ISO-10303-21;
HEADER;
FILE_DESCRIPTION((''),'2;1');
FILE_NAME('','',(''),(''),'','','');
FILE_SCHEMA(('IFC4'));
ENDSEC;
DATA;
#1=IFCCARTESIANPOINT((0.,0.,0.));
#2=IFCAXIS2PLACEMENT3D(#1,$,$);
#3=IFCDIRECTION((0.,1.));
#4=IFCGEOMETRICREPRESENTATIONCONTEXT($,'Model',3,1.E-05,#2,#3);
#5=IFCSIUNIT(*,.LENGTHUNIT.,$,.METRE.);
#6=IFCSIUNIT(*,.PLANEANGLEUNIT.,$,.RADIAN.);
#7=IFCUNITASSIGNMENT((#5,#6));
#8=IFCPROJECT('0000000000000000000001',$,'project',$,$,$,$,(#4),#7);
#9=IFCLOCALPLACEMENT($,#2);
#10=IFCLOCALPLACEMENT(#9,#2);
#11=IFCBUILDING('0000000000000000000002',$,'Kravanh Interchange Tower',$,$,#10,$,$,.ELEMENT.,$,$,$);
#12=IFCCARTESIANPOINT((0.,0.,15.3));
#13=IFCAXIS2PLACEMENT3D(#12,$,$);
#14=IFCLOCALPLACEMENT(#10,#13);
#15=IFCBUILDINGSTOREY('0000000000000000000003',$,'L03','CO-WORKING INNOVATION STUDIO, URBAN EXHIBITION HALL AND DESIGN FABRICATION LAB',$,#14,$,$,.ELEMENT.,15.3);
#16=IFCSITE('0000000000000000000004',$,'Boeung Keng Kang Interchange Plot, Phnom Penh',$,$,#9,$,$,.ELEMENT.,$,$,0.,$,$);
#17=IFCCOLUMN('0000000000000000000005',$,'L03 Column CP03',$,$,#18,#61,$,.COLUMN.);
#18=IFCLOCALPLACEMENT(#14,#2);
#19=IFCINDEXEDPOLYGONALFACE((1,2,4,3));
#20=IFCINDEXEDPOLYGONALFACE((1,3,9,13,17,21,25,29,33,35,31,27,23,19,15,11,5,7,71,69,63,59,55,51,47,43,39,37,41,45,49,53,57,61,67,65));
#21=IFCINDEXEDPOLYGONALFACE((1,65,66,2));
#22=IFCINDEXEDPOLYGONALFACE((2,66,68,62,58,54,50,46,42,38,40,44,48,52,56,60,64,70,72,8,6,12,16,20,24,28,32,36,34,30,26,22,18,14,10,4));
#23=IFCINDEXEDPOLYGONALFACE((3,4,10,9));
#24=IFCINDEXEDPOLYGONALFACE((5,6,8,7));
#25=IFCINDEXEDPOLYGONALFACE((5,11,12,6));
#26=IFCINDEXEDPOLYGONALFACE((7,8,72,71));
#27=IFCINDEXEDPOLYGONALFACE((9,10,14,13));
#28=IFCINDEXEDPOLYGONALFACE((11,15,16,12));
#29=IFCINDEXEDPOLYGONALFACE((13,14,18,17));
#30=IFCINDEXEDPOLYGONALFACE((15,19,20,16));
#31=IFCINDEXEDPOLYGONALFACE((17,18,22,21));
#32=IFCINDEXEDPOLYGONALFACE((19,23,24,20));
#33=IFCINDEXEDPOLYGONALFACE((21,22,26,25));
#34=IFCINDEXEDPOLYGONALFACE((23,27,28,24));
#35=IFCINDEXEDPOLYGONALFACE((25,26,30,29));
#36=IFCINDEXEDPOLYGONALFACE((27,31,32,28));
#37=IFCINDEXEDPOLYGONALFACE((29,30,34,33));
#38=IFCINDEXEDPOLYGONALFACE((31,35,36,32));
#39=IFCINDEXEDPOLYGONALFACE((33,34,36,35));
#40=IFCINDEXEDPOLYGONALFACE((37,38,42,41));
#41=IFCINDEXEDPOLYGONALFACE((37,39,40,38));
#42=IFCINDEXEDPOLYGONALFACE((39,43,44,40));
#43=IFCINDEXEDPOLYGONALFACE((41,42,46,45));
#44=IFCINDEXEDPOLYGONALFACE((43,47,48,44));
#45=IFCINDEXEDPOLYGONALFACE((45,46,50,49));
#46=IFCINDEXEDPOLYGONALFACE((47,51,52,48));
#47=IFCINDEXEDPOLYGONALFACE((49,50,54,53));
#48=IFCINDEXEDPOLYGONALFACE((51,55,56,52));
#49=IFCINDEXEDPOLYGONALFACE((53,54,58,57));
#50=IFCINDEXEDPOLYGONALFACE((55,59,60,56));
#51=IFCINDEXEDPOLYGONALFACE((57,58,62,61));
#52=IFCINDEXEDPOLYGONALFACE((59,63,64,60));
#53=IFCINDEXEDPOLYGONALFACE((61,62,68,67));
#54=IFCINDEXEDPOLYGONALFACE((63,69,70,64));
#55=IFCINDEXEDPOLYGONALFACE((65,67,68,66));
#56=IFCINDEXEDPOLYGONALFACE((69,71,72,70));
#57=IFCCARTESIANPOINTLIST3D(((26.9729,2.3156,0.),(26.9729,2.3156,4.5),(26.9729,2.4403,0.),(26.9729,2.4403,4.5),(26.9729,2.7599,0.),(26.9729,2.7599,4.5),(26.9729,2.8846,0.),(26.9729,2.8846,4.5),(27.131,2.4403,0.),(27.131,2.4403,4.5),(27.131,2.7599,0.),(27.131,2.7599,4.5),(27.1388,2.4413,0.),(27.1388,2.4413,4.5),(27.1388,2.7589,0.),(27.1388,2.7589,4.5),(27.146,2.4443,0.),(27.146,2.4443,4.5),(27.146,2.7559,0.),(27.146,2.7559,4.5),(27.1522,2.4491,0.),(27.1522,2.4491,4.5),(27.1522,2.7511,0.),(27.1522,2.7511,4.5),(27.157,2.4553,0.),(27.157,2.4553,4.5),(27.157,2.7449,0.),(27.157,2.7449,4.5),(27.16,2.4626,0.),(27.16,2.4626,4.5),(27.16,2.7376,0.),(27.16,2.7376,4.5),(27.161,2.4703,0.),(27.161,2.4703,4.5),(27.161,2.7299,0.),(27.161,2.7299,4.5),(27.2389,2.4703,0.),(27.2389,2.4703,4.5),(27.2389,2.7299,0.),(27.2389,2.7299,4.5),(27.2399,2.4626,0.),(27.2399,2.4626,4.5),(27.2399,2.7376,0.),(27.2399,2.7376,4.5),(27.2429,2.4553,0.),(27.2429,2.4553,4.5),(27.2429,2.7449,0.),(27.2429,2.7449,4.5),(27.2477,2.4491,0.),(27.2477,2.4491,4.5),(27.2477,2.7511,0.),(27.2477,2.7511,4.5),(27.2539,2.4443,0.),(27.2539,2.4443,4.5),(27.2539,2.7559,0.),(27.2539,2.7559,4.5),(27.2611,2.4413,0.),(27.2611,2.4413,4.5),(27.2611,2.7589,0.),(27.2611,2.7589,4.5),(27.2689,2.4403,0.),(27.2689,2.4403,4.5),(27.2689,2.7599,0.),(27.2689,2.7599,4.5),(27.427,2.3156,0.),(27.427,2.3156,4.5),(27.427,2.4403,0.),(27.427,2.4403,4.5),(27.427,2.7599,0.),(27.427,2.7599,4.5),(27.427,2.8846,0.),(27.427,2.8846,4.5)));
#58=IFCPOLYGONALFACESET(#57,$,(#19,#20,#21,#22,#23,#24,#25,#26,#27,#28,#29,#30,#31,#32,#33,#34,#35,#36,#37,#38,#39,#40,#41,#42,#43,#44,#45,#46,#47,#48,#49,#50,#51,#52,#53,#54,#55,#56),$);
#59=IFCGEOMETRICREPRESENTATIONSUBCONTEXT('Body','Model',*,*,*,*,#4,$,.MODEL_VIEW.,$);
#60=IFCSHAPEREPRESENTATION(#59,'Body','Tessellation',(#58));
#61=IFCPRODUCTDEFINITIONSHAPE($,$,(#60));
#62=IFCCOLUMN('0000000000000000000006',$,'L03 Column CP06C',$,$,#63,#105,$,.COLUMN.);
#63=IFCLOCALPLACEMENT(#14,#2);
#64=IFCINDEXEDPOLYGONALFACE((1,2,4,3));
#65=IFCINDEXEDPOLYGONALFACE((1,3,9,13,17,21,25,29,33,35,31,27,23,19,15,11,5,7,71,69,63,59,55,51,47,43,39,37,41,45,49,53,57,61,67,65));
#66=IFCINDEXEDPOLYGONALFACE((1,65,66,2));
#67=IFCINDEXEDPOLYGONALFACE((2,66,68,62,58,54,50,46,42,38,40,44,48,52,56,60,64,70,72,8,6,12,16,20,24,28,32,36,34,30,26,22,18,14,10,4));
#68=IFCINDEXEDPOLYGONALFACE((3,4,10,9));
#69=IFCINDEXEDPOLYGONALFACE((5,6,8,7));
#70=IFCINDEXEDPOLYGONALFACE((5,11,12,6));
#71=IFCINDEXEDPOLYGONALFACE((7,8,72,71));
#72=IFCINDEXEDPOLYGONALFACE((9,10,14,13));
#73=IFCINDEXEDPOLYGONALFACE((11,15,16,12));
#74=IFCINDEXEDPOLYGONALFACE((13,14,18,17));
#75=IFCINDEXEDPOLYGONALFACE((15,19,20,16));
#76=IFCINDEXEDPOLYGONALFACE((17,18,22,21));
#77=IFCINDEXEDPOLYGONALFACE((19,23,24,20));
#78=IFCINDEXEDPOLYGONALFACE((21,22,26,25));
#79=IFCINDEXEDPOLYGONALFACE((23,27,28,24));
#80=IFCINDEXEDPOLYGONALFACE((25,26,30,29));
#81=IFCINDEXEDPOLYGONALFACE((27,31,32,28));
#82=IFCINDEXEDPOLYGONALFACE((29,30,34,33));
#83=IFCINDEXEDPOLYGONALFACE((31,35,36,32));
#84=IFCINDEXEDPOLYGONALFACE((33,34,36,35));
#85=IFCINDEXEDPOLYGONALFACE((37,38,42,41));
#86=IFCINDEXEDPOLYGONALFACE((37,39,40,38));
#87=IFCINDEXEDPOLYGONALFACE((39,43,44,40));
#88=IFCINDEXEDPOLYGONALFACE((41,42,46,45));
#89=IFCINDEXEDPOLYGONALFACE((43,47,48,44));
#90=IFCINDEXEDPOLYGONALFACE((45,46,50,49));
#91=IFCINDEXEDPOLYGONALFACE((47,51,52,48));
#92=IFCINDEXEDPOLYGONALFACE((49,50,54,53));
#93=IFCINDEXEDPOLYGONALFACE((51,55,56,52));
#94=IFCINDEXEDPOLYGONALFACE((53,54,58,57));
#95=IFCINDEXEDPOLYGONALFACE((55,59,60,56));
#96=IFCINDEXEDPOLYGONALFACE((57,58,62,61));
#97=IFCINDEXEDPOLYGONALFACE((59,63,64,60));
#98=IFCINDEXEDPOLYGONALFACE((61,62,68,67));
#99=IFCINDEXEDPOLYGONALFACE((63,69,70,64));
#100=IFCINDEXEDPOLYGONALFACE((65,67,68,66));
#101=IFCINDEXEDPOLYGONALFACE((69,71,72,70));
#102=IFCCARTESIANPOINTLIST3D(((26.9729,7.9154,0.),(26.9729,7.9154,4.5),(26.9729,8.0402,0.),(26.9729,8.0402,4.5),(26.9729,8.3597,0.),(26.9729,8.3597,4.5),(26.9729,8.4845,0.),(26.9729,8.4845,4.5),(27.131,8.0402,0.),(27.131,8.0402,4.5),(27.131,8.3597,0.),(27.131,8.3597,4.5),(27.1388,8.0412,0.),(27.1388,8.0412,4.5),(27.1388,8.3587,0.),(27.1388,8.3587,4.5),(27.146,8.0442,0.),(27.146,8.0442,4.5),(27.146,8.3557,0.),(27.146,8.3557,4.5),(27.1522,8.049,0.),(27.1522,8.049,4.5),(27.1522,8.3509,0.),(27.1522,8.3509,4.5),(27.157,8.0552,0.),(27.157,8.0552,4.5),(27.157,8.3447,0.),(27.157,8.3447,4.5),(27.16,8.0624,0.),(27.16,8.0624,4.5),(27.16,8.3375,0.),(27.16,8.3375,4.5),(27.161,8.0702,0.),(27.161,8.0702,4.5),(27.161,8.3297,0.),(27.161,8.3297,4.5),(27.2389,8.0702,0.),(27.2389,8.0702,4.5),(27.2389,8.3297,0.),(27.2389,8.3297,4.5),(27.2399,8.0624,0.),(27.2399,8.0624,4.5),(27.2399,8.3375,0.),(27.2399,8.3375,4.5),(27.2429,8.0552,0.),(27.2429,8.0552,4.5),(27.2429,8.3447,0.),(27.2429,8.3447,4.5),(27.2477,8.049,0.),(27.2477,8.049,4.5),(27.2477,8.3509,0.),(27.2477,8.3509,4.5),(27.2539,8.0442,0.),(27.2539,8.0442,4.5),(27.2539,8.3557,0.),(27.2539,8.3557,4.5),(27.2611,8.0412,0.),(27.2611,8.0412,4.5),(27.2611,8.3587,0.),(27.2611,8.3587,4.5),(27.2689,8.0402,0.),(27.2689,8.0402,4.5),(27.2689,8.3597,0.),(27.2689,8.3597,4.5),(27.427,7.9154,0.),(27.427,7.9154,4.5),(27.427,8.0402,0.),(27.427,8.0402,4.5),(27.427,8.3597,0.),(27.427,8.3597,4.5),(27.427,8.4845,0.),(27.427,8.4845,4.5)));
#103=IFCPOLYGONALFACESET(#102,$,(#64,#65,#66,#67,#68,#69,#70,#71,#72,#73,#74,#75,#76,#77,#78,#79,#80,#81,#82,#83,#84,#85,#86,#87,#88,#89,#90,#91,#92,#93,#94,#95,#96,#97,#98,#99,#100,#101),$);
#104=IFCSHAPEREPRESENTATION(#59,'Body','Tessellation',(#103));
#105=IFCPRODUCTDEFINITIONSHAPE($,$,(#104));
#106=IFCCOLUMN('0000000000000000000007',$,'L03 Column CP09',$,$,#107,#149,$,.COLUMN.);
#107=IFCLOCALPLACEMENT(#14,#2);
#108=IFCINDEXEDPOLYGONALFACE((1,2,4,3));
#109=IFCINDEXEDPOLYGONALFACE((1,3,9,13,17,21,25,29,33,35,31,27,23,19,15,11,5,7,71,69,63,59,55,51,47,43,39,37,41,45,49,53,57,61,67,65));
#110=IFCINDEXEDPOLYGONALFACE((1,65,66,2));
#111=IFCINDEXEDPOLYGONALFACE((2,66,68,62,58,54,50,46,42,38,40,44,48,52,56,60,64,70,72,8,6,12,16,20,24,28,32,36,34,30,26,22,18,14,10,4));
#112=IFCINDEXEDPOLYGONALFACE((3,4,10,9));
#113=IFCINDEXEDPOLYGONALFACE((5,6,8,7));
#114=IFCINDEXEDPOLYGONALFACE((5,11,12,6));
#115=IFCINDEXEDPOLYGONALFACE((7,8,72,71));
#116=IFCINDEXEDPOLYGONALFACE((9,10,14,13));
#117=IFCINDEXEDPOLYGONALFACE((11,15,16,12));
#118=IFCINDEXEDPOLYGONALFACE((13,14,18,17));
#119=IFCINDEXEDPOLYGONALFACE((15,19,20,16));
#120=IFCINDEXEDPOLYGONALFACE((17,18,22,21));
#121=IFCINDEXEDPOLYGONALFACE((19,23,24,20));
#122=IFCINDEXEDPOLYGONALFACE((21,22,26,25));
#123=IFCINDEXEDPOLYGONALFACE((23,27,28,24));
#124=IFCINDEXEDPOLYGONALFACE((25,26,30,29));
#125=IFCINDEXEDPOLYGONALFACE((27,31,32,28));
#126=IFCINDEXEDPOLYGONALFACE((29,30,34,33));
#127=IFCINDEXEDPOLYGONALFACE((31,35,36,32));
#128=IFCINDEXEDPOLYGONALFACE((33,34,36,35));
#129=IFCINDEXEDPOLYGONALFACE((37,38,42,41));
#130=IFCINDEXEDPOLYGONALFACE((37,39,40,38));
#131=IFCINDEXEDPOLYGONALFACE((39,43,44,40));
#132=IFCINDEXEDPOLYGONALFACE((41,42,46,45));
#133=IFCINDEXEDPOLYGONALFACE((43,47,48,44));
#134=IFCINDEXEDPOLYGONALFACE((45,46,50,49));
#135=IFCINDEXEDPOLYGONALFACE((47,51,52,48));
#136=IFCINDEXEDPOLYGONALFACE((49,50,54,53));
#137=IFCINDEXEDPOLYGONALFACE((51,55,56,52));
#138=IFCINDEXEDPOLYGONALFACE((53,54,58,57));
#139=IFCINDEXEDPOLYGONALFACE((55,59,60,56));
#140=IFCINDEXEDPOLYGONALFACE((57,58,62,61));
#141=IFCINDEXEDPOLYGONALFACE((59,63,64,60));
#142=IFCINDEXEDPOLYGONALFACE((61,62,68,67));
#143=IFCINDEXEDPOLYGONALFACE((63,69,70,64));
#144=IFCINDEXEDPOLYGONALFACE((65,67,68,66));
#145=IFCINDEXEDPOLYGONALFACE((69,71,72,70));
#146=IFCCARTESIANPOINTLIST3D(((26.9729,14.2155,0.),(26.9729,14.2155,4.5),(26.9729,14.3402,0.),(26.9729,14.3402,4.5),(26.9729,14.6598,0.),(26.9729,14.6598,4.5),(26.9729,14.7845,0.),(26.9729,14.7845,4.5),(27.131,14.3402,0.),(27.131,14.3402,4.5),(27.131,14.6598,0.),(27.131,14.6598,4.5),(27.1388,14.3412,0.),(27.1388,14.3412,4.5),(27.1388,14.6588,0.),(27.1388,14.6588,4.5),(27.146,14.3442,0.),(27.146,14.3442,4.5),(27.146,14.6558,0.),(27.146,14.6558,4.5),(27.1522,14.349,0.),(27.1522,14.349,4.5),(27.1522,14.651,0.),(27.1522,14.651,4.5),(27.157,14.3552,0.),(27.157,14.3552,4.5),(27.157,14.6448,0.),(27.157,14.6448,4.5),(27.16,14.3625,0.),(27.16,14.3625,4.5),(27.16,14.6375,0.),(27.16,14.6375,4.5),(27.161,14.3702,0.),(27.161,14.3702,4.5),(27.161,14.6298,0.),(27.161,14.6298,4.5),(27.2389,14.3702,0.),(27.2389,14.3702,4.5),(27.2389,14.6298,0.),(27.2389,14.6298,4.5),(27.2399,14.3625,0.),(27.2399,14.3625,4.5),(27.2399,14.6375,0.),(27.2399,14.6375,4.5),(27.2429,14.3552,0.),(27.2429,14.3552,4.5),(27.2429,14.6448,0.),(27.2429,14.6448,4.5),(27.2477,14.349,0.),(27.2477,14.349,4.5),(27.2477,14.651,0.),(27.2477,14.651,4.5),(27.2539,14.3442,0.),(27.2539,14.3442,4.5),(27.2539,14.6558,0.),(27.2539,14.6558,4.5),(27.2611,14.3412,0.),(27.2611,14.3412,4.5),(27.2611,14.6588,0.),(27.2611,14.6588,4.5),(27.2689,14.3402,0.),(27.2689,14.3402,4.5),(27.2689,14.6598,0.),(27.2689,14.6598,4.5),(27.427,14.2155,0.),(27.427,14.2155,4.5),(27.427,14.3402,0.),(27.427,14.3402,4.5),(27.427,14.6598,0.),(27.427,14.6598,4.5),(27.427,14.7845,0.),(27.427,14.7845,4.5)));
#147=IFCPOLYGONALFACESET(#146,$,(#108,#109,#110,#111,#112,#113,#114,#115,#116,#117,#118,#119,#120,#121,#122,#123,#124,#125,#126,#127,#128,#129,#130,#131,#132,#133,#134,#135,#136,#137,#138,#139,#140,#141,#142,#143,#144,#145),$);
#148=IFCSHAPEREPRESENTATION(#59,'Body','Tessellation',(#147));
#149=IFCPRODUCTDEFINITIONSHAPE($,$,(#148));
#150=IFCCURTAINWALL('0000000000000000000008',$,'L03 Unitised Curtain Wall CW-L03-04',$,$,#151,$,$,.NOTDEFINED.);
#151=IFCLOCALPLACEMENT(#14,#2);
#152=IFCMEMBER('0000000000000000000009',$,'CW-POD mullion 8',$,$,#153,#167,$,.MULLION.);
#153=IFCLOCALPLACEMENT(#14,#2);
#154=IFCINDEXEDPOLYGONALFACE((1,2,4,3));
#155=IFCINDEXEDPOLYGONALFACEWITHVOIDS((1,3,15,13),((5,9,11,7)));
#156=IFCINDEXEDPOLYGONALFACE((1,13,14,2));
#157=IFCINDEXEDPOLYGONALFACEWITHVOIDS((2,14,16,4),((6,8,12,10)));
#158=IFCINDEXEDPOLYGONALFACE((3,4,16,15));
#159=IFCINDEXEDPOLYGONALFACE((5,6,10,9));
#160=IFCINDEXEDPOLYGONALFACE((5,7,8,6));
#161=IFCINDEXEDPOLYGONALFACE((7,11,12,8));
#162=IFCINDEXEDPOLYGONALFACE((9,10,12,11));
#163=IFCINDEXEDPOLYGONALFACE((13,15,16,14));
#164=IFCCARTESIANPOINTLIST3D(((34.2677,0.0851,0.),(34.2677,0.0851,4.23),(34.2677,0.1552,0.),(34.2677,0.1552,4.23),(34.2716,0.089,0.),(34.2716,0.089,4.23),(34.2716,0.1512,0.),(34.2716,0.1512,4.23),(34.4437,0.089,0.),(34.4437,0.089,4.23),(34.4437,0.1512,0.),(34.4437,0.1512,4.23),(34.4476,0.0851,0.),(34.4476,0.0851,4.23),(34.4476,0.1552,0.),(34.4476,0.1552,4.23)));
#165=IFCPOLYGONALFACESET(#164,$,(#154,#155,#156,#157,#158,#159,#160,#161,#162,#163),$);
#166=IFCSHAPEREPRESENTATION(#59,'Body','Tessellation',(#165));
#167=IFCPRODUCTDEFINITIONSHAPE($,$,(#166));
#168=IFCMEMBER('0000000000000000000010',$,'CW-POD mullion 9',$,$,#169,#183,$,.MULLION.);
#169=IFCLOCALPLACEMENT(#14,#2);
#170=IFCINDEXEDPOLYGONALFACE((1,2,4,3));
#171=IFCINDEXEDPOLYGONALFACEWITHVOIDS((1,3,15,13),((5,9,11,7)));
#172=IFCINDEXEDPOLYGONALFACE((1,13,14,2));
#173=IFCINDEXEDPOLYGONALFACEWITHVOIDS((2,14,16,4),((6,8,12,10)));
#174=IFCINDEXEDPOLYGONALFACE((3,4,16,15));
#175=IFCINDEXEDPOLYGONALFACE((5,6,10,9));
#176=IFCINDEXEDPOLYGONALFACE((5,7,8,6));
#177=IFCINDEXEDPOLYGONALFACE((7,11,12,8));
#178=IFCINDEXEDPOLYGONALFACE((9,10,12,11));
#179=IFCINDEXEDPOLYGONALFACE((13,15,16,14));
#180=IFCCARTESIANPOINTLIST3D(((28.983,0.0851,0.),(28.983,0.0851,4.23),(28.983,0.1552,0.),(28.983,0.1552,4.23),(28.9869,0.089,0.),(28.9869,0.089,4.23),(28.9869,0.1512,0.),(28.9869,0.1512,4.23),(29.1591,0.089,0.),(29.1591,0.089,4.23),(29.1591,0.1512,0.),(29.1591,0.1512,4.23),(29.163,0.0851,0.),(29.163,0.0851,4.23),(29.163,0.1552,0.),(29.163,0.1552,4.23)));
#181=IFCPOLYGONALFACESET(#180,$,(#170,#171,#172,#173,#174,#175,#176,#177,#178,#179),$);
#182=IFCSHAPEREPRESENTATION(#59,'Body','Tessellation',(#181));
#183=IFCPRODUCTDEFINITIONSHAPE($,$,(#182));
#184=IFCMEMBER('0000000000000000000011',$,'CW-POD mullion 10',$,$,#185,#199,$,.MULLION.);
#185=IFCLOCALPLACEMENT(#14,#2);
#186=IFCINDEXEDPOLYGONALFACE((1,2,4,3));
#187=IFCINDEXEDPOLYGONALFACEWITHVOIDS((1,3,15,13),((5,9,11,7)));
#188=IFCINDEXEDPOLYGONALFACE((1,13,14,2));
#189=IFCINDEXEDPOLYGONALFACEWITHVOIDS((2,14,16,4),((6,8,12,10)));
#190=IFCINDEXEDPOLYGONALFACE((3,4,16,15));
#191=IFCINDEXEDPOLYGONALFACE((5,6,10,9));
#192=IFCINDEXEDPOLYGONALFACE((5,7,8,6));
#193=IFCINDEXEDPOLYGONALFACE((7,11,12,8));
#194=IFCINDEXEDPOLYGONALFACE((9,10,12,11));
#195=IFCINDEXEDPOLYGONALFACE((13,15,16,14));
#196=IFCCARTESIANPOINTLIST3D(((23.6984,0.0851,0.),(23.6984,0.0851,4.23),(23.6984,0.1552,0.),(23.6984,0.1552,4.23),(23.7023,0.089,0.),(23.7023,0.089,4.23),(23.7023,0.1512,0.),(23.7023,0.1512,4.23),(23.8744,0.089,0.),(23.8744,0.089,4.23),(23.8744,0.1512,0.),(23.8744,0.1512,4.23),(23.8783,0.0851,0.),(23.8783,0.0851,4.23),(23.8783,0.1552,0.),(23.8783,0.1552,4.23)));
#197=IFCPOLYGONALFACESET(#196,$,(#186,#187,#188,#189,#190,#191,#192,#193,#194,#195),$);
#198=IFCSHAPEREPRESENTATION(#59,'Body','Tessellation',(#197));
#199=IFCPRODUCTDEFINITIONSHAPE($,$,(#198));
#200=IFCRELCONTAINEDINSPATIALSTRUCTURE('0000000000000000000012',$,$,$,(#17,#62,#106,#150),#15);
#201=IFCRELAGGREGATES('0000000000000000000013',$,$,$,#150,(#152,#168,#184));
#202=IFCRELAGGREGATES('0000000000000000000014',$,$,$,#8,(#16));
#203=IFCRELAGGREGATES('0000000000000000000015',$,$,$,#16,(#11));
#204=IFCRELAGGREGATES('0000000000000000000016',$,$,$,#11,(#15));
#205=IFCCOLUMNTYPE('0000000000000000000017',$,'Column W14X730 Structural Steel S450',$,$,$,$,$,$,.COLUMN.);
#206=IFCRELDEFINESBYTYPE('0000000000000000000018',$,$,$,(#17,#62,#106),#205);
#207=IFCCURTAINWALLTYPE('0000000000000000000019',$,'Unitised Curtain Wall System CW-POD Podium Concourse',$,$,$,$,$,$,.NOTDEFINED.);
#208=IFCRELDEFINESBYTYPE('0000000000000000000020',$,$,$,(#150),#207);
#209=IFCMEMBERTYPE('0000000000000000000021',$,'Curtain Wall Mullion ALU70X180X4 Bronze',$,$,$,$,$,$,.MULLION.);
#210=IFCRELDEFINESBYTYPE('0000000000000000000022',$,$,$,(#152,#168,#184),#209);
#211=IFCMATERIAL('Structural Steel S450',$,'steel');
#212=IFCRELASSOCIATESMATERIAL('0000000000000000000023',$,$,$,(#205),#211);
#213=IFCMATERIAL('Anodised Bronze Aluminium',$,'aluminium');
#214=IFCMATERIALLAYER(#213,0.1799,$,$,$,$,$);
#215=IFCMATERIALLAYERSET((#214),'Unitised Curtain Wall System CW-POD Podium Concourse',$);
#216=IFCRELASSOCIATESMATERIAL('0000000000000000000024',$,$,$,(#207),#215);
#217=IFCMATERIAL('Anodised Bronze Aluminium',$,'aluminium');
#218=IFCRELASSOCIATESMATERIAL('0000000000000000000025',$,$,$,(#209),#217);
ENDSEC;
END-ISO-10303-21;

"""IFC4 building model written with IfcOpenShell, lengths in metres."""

from ifc_helpers import new_model, si_unit, direction, frame, origin, origin_2d, place, context, subcontext, project, spatial, hollow_rectangle, i_section, extrude, material, layer, layer_set, material_profile, profile_set, type_object, element, aggregate, save


model = new_model("IFC4")

# Units and contexts
model_context = context("Model", 3, precision=1e-05, world=origin(), true_north=direction((0.0, 1.0)))
body_context = subcontext(model_context, "Body", "Model", "MODEL_VIEW")
ifc_project = project(units=[si_unit("LENGTHUNIT", "METRE"), si_unit("PLANEANGLEUNIT", "RADIAN")], contexts=[model_context])

# Site, building, storey
site_placement = place(None, origin())
site = spatial("IfcSite", under=ifc_project, at=site_placement, Name="Boeung Keng Kang Interchange Plot, Phnom Penh", CompositionType="ELEMENT", RefElevation=0.0)
building_placement = place(site_placement, origin())
building = spatial("IfcBuilding", under=site, at=building_placement, Name="Kravanh Interchange Tower", CompositionType="ELEMENT")
storey_placement = place(building_placement, frame((0.0, 0.0, 15.3)))
storey = spatial("IfcBuildingStorey", under=building, at=storey_placement, Name="L03", Description="CO-WORKING INNOVATION STUDIO, URBAN EXHIBITION HALL AND DESIGN FABRICATION LAB", CompositionType="ELEMENT", Elevation=15.3)

# Columns
ifc_material_1 = material(Name="Structural Steel S450", Category="steel")
ifc_material_profile_1 = material_profile(ifc_material_1, i_section(OverallWidth=0.4541, OverallDepth=0.5691, WebThickness=0.0779, FlangeThickness=0.1248, FilletRadius=0.03, at=origin_2d()), Name="W14X730")
ifc_profile_set_1 = profile_set([ifc_material_profile_1], Name="Structural Steel S450")
column_type = type_object("IfcColumnType", Name="Column W14X730 Structural Steel S450", PredefinedType="COLUMN", material=ifc_profile_set_1)
for number, where, z_axis, x_axis, name in (
    (1, (27.2, 2.6001, 0.0), (0.0, 0.0, 1.0), (1.0, 0.0, 0.0), "L03 Column CP03"),
    (2, (27.2, 8.2, 0.0), (0.0, 0.0, 1.0), (1.0, 0.0, 0.0), "L03 Column CP06C"),
    (3, (27.2, 14.5, 0.0), (0.0, 0.0, 1.0), (1.0, 0.0, 0.0), "L03 Column CP09"),
):
    element("IfcColumn", number, at=place(storey_placement, frame(where, z_axis=z_axis, x_axis=x_axis)), inside=storey, type_object=column_type, Name=name, PredefinedType="COLUMN", context=body_context, shape_type="SweptSolid", body=[
        extrude(i_section(OverallWidth=0.4541, OverallDepth=0.5691, WebThickness=0.0779, FlangeThickness=0.1248, FilletRadius=0.03, at=origin_2d()), origin(), (0.0, 0.0, 1.0), 4.5),
    ])

# Curtain wall, members
ifc_material_2 = material(Name="Anodised Bronze Aluminium", Category="aluminium")
ifc_layer_1 = layer(ifc_material_2, 0.1799)
ifc_layer_set_1 = layer_set([ifc_layer_1], Name="Unitised Curtain Wall System CW-POD Podium Concourse")
curtain_wall_type = type_object("IfcCurtainWallType", Name="Unitised Curtain Wall System CW-POD Podium Concourse", PredefinedType="NOTDEFINED", material=ifc_layer_set_1)
curtain_wall_placement = place(storey_placement, origin())
curtain_wall = element("IfcCurtainWall", 4, at=curtain_wall_placement, inside=storey, type_object=curtain_wall_type, Name="L03 Unitised Curtain Wall CW-L03-04", PredefinedType="NOTDEFINED")
ifc_material_3 = material(Name="Anodised Bronze Aluminium", Category="aluminium")
ifc_material_profile_2 = material_profile(ifc_material_3, hollow_rectangle(XDim=0.0701, YDim=0.1799, WallThickness=0.0039, at=origin_2d()), Name="ALU70X180X4")
ifc_profile_set_2 = profile_set([ifc_material_profile_2], Name="Anodised Bronze Aluminium")
member_type_1 = type_object("IfcMemberType", Name="Curtain Wall Mullion ALU70X180X4 Bronze", PredefinedType="MULLION", material=ifc_profile_set_2)
member_1_placement = place(storey_placement, frame((34.3577, 0.1201, 0.0), z_axis=(0.0, 0.0, 1.0), x_axis=(0.0, -1.0, 0.0)))
member_1 = element("IfcMember", 5, at=member_1_placement, type_object=member_type_1, Name="CW-POD mullion 8", PredefinedType="MULLION", context=body_context, shape_type="SweptSolid", body=[
    extrude(hollow_rectangle(XDim=0.0701, YDim=0.1799, WallThickness=0.0039, at=origin_2d()), origin(), (0.0, 0.0, 1.0), 4.23),
])
member_2_placement = place(storey_placement, frame((29.073, 0.1201, 0.0), z_axis=(0.0, 0.0, 1.0), x_axis=(0.0, -1.0, 0.0)))
member_2 = element("IfcMember", 6, at=member_2_placement, type_object=member_type_1, Name="CW-POD mullion 9", PredefinedType="MULLION", context=body_context, shape_type="SweptSolid", body=[
    extrude(hollow_rectangle(XDim=0.0701, YDim=0.1799, WallThickness=0.0039, at=origin_2d()), origin(), (0.0, 0.0, 1.0), 4.23),
])
member_3_placement = place(storey_placement, frame((23.7883, 0.1201, 0.0), z_axis=(0.0, 0.0, 1.0), x_axis=(0.0, -1.0, 0.0)))
member_3 = element("IfcMember", 7, at=member_3_placement, type_object=member_type_1, Name="CW-POD mullion 10", PredefinedType="MULLION", context=body_context, shape_type="SweptSolid", body=[
    extrude(hollow_rectangle(XDim=0.0701, YDim=0.1799, WallThickness=0.0039, at=origin_2d()), origin(), (0.0, 0.0, 1.0), 4.23),
])

aggregate(curtain_wall, [member_1, member_2, member_3])

save(model, "model.ifc")
